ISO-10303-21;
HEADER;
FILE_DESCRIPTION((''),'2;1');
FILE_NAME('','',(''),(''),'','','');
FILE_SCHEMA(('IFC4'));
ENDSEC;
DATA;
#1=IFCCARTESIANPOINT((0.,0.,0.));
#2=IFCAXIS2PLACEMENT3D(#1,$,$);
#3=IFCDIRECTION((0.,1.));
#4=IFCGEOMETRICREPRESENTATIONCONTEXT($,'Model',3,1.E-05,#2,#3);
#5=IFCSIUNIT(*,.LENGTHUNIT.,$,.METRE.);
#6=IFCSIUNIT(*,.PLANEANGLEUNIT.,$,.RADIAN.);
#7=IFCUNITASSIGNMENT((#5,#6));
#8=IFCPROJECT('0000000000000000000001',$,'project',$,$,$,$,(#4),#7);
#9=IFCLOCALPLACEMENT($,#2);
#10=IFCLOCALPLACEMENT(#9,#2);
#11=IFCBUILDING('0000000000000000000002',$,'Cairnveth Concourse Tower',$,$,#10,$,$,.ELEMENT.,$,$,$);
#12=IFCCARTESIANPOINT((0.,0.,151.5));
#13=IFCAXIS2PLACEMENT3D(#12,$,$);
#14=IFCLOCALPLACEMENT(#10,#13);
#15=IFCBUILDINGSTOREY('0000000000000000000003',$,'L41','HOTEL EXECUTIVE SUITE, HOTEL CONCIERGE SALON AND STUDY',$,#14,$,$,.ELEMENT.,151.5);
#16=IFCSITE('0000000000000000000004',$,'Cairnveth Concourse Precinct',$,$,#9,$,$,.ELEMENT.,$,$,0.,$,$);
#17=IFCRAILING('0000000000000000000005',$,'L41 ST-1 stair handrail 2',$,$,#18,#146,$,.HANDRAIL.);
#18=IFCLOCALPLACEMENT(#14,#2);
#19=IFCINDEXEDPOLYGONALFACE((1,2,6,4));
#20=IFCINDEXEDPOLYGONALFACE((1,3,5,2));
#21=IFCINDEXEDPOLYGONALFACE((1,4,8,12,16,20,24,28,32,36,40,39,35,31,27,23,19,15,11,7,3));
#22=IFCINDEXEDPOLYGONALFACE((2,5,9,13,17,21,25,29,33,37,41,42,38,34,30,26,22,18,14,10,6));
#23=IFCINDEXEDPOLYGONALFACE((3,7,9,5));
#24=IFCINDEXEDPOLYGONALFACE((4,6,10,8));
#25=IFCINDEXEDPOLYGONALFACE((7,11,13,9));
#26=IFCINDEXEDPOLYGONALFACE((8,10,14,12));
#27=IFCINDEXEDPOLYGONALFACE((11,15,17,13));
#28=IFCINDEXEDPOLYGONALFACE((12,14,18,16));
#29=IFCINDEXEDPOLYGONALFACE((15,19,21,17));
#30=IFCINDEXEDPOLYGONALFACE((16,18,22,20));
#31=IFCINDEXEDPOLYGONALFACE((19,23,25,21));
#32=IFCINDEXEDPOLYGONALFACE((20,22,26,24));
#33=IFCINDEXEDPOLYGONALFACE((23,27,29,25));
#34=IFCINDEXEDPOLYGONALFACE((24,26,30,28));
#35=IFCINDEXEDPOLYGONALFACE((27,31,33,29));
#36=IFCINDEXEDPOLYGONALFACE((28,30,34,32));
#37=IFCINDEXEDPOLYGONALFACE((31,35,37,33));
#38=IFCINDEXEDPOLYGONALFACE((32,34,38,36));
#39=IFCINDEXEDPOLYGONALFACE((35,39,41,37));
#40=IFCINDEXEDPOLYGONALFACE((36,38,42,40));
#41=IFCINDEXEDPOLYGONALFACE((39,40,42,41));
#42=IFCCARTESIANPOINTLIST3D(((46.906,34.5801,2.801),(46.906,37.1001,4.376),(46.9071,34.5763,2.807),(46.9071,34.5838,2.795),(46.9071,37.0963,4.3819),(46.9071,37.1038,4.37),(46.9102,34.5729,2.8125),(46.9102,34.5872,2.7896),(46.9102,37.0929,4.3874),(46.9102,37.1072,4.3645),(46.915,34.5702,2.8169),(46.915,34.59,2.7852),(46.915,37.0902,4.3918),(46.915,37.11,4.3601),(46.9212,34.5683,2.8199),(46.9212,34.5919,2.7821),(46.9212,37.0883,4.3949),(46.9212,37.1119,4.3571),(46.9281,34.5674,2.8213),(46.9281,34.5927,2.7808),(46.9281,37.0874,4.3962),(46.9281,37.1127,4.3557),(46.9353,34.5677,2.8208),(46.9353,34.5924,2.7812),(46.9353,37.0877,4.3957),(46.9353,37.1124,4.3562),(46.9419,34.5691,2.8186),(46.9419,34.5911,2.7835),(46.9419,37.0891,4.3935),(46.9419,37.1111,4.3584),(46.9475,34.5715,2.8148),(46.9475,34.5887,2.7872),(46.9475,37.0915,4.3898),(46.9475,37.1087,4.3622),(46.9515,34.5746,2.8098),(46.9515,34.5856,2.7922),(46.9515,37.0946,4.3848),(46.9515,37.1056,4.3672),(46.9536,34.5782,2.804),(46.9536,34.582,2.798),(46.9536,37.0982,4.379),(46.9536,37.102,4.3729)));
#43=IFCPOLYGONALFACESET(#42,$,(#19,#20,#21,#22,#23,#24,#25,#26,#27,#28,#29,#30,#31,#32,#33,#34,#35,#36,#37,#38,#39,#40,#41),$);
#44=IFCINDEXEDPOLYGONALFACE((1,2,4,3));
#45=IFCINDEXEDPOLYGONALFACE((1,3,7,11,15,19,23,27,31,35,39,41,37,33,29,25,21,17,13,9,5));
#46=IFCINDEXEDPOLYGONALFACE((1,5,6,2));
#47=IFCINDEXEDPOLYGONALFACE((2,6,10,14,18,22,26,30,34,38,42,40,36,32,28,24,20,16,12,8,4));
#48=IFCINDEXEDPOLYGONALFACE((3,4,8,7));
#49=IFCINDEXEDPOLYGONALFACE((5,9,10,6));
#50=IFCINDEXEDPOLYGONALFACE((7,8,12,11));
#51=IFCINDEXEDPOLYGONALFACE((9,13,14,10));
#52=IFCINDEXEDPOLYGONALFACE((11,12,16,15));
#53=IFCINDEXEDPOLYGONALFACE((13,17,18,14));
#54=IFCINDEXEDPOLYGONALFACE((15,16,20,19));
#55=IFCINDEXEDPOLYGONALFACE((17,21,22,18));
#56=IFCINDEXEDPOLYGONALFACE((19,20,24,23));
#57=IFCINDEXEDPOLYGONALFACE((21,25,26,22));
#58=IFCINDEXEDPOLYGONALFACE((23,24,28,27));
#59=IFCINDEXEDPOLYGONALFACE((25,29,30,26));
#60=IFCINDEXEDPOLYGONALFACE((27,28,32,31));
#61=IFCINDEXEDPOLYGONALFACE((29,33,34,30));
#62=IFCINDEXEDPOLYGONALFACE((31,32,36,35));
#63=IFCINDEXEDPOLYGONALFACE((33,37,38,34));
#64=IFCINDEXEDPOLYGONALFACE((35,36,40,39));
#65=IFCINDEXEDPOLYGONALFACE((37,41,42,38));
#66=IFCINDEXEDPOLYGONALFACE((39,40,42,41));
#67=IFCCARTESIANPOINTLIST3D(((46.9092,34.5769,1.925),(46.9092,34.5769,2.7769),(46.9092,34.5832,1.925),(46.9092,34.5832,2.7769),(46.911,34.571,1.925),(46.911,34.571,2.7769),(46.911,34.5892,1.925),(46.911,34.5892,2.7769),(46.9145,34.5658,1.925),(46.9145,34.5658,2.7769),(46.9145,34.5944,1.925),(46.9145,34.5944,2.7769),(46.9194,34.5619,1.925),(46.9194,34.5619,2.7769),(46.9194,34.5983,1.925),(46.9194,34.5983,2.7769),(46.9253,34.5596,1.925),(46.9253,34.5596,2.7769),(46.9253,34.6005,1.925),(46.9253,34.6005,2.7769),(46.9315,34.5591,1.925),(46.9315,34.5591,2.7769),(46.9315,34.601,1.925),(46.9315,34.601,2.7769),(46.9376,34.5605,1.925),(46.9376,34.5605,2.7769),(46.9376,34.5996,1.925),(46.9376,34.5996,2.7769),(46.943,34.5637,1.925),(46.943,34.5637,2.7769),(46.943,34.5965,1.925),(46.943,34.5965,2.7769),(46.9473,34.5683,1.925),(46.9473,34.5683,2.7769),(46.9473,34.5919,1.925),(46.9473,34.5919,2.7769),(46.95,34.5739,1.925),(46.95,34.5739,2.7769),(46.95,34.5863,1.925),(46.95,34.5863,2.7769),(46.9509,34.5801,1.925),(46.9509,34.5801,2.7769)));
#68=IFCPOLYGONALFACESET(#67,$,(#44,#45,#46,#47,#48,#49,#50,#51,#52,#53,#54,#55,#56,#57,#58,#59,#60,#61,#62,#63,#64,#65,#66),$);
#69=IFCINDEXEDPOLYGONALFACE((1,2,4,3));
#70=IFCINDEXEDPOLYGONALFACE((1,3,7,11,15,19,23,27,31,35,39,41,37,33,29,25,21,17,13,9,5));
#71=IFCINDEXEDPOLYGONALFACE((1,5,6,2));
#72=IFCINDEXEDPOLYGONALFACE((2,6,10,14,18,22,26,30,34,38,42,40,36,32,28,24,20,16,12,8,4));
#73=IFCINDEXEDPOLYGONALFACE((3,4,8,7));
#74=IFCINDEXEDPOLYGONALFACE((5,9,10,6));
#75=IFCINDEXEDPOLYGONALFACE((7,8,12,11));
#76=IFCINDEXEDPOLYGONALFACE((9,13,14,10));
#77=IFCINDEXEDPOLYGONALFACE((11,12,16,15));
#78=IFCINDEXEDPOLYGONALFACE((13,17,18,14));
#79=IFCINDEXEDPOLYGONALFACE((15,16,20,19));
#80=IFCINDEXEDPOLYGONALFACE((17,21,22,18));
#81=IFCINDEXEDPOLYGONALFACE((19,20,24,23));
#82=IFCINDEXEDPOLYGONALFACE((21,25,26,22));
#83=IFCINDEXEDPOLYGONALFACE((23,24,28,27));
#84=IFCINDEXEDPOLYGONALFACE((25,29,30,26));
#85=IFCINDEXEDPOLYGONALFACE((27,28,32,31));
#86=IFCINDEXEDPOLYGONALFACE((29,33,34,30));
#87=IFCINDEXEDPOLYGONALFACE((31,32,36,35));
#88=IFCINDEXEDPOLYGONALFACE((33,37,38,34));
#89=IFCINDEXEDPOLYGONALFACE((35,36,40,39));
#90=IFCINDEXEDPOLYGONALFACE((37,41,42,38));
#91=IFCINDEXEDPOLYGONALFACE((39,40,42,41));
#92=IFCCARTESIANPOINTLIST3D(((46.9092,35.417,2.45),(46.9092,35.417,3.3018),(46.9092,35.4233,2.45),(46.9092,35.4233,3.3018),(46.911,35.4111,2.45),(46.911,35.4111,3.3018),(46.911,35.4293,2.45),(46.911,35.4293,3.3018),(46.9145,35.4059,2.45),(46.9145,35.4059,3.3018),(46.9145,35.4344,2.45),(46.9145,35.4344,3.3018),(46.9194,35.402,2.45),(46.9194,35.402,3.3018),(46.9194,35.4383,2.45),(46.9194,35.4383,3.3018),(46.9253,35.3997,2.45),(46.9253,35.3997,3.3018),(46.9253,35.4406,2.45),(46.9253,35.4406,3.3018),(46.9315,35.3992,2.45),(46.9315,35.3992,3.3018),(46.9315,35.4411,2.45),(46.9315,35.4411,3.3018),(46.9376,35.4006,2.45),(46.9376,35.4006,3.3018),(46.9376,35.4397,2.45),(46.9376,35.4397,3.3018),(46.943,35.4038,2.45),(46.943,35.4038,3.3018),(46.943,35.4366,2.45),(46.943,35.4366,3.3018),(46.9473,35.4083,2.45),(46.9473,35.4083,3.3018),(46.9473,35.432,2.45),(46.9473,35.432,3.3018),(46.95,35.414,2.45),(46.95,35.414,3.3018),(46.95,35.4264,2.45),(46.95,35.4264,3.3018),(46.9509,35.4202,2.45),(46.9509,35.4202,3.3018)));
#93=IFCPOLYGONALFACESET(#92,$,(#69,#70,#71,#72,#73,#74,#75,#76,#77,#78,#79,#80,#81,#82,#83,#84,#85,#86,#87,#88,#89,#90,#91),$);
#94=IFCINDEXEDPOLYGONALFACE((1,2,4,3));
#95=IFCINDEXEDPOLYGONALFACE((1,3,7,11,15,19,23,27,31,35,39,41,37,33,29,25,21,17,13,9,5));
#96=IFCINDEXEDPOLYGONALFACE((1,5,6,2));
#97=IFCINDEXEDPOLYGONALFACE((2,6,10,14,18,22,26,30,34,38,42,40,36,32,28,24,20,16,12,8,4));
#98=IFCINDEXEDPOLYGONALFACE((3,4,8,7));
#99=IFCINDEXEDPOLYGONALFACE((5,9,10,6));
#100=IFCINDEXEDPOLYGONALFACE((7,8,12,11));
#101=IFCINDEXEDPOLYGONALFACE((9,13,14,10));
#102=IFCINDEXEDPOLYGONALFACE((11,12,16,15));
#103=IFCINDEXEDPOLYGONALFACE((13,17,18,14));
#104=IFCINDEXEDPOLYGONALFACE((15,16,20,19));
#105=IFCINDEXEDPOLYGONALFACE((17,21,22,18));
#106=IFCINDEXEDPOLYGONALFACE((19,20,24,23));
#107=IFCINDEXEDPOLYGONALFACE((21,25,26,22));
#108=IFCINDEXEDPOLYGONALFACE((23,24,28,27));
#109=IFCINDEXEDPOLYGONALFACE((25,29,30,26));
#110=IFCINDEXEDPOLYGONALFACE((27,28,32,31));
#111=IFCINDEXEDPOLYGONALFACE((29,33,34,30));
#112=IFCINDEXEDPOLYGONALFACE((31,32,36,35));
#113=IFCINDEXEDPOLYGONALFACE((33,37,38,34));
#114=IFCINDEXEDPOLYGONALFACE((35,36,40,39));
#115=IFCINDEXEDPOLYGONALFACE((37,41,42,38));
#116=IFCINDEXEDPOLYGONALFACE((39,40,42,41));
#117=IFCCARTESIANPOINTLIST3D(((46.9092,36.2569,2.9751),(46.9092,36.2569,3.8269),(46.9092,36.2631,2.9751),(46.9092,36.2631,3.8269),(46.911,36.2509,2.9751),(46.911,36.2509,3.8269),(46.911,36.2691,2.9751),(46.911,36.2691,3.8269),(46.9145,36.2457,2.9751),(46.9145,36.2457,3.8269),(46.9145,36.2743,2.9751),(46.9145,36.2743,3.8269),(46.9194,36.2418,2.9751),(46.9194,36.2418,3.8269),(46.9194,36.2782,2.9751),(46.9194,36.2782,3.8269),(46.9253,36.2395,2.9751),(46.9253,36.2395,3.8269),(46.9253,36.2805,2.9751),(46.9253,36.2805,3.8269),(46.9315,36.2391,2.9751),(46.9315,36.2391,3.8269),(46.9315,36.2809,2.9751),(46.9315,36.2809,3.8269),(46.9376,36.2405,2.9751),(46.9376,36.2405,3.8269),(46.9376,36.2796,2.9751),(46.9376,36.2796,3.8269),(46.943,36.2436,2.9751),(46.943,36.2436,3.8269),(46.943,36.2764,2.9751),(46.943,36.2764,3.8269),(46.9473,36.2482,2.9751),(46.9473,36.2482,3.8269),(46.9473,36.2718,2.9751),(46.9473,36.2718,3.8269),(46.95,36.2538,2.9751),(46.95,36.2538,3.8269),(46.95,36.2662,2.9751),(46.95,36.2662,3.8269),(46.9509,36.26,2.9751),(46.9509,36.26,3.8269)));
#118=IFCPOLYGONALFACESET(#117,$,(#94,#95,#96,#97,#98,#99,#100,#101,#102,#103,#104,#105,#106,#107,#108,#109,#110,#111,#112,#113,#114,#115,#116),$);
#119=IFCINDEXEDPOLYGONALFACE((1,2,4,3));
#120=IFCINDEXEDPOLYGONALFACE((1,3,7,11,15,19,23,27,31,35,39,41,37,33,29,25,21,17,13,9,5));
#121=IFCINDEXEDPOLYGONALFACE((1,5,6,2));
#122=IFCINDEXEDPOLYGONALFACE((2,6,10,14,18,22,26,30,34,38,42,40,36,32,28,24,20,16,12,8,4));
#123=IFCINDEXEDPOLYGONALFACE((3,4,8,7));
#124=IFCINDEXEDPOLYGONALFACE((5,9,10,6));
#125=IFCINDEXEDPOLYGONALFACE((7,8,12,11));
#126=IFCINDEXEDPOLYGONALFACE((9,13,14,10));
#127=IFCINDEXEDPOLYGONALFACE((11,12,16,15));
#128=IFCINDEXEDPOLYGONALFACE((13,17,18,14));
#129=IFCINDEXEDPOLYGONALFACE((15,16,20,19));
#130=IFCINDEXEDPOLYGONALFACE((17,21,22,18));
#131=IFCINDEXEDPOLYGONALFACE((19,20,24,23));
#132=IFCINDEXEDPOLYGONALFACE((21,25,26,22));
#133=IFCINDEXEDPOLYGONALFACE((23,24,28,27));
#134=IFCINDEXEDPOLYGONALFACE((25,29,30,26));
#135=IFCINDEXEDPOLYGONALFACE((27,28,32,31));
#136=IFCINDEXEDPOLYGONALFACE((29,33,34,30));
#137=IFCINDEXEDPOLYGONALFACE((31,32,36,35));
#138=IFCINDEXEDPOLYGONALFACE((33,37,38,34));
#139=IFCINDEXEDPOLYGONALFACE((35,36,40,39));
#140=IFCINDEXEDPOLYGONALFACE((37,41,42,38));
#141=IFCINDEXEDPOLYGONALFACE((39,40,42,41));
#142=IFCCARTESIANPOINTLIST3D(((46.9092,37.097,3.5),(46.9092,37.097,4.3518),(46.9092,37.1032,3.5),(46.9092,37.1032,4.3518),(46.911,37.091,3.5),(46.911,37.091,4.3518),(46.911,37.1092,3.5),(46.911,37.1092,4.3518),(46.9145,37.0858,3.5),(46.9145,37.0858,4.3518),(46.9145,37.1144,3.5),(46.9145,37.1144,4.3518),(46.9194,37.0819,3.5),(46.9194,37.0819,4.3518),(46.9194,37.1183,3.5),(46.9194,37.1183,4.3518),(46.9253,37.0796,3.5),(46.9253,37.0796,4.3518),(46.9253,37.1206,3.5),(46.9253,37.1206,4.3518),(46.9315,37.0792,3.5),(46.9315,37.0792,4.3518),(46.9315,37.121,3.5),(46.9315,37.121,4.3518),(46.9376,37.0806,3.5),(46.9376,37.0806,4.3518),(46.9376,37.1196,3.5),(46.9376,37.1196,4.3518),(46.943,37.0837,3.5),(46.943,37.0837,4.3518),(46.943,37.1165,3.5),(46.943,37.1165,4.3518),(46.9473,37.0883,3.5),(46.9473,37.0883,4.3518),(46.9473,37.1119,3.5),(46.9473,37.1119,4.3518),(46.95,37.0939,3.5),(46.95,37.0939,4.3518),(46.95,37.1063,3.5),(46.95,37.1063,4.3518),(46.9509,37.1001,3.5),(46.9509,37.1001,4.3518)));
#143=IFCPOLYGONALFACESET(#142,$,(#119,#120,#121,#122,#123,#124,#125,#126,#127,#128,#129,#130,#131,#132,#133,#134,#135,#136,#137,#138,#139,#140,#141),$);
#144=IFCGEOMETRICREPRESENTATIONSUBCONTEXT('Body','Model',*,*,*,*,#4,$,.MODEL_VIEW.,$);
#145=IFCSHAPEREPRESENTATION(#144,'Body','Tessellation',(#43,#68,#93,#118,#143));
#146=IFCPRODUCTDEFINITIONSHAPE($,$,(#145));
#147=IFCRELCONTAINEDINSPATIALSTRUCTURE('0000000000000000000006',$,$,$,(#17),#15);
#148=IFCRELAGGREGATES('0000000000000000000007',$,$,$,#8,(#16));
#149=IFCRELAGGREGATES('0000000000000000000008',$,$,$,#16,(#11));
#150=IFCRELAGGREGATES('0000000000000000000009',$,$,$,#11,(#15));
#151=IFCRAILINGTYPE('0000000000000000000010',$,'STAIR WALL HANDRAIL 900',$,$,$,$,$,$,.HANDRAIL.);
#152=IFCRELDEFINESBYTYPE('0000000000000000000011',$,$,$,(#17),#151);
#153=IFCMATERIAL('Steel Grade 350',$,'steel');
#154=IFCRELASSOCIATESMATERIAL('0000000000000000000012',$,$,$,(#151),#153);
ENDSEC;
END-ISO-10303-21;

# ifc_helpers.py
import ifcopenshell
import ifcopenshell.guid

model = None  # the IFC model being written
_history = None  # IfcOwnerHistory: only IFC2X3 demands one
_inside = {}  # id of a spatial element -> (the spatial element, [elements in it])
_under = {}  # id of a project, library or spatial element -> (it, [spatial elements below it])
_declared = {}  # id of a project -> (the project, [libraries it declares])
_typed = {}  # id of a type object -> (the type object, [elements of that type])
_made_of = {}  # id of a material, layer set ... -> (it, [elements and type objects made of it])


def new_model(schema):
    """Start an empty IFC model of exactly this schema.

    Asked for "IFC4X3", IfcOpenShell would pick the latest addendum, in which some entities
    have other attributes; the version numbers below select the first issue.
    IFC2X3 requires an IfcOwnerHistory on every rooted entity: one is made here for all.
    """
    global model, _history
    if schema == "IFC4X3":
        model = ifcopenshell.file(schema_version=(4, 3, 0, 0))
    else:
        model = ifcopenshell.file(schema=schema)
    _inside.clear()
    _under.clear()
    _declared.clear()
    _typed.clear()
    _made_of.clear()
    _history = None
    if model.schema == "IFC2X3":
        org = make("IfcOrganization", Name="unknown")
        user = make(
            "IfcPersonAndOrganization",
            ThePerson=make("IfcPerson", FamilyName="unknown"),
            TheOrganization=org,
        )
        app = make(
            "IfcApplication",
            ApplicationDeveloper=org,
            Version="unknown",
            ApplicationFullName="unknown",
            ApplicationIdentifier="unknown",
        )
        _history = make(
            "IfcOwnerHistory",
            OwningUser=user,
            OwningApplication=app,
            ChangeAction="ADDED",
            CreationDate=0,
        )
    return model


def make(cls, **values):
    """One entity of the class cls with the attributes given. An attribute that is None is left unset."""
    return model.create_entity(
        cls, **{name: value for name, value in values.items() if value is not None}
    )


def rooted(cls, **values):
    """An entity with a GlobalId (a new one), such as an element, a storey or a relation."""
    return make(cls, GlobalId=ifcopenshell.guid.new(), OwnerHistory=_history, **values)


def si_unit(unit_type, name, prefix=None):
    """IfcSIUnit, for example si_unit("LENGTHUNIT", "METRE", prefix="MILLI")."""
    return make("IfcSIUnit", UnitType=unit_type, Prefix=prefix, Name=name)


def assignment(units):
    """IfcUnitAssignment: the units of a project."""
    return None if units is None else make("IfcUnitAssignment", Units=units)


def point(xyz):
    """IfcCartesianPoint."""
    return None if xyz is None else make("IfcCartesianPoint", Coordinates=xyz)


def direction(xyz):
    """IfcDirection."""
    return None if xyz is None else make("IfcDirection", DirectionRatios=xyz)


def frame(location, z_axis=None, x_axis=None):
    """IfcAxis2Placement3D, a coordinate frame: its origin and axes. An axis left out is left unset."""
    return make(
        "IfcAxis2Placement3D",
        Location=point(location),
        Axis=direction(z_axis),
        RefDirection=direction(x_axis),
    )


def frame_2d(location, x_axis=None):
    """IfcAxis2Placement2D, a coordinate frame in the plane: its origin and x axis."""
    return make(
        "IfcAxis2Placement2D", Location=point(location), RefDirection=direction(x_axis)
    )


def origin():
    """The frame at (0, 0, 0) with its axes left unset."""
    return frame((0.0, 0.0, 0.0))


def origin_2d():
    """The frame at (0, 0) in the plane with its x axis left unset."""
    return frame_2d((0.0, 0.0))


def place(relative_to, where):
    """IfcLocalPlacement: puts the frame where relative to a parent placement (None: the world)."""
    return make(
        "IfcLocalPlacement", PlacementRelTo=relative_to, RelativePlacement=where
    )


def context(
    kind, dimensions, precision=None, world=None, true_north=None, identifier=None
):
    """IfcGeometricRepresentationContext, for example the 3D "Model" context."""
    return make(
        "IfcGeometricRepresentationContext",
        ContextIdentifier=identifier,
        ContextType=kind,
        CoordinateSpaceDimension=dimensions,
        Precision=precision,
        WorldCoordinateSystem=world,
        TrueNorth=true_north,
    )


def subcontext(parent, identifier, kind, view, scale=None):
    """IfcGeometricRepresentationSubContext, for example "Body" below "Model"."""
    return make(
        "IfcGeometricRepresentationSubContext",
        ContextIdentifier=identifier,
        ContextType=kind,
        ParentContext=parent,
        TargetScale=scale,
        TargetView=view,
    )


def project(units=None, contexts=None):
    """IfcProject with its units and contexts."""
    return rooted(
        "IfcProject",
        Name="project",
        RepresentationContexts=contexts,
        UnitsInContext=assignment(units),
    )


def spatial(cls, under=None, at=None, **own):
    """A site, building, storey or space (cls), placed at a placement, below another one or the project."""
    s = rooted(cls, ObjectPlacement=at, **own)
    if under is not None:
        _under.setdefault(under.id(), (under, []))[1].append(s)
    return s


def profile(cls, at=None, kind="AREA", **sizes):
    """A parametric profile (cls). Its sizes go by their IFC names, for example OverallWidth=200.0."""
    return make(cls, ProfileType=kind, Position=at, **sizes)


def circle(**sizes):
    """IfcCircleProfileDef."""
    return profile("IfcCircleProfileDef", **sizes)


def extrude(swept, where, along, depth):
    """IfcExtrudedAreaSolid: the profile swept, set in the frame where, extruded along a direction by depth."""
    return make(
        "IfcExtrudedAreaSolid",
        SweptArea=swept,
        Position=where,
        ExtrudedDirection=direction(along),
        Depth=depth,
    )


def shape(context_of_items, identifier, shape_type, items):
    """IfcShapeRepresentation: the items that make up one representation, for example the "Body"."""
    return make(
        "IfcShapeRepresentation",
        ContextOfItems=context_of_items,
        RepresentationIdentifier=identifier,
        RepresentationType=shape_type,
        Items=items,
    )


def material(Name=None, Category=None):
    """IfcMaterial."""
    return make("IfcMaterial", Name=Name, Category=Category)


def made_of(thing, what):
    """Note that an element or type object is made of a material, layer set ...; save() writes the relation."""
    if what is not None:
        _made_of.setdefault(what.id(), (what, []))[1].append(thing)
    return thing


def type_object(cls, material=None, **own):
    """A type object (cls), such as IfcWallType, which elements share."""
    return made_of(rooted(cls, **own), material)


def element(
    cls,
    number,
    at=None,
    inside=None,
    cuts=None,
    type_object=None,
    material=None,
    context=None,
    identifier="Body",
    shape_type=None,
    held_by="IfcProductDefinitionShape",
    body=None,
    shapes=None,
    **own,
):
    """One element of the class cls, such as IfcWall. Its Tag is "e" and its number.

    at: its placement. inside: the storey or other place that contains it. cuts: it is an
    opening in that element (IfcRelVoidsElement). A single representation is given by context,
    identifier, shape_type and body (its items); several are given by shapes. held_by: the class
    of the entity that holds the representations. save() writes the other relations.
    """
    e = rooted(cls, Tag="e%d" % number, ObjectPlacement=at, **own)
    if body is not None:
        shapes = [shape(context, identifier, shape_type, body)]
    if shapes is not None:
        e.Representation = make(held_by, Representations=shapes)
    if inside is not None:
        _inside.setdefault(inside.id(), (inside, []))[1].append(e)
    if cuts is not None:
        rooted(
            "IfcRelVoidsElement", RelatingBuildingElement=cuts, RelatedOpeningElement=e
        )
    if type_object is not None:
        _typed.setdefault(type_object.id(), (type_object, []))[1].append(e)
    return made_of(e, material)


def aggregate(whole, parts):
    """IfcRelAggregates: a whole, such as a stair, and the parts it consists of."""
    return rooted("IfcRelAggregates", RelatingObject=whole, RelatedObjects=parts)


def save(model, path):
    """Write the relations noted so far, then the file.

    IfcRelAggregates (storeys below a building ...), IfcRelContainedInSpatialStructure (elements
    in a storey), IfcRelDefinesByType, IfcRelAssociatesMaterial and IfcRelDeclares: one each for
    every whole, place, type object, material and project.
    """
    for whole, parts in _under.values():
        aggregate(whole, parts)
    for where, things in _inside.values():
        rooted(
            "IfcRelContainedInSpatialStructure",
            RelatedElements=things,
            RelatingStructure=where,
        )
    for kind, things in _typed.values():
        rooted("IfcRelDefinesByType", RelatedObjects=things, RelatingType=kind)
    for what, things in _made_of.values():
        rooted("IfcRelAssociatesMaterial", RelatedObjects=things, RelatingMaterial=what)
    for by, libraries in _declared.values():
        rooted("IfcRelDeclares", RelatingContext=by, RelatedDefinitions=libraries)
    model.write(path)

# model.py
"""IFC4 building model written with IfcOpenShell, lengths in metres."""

from ifc_helpers import new_model, si_unit, direction, frame, origin, origin_2d, place, context, subcontext, project, spatial, circle, extrude, material, type_object, element, save


model = new_model("IFC4")

# Units and contexts
model_context = context("Model", 3, precision=1e-05, world=origin(), true_north=direction((0.0, 1.0)))
body_context = subcontext(model_context, "Body", "Model", "MODEL_VIEW")
ifc_project = project(units=[si_unit("LENGTHUNIT", "METRE"), si_unit("PLANEANGLEUNIT", "RADIAN")], contexts=[model_context])

# Site, building, storey
site_placement = place(None, origin())
site = spatial("IfcSite", under=ifc_project, at=site_placement, Name="Cairnveth Concourse Precinct", CompositionType="ELEMENT", RefElevation=0.0)
building_placement = place(site_placement, origin())
building = spatial("IfcBuilding", under=site, at=building_placement, Name="Cairnveth Concourse Tower", CompositionType="ELEMENT")
storey_placement = place(building_placement, frame((0.0, 0.0, 151.5)))
storey = spatial("IfcBuildingStorey", under=building, at=storey_placement, Name="L41", Description="HOTEL EXECUTIVE SUITE, HOTEL CONCIERGE SALON AND STUDY", CompositionType="ELEMENT", Elevation=151.5)

# Railing
ifc_material_1 = material(Name="Steel Grade 350", Category="steel")
railing_type_1 = type_object("IfcRailingType", Name="STAIR WALL HANDRAIL 900", PredefinedType="HANDRAIL", material=ifc_material_1)
railing_1_placement = place(storey_placement, frame((46.9299, 34.5801, 1.925)))
element("IfcRailing", 1, at=railing_1_placement, inside=storey, type_object=railing_type_1, Name="L41 ST-1 stair handrail 2", PredefinedType="HANDRAIL", context=body_context, shape_type="SweptSolid", body=[
    extrude(circle(Radius=0.0239, at=origin_2d()), frame((0.0, 0.0, 0.876), z_axis=(0.0, 0.848008, 0.529984), x_axis=(-1.0, 0.0, 0.0)), (0.0, 0.0, 1.0), 2.9717),
    extrude(circle(Radius=0.021, at=origin_2d()), origin(), (0.0, 0.0, 1.0), 0.8518),
    extrude(circle(Radius=0.021, at=origin_2d()), frame((0.0, 0.8401, 0.5249)), (0.0, 0.0, 1.0), 0.8518),
    extrude(circle(Radius=0.021, at=origin_2d()), frame((0.0, 1.6799, 1.05)), (0.0, 0.0, 1.0), 0.8518),
    extrude(circle(Radius=0.021, at=origin_2d()), frame((0.0, 2.52, 1.575)), (0.0, 0.0, 1.0), 0.8518),
])

save(model, "model.ifc")
